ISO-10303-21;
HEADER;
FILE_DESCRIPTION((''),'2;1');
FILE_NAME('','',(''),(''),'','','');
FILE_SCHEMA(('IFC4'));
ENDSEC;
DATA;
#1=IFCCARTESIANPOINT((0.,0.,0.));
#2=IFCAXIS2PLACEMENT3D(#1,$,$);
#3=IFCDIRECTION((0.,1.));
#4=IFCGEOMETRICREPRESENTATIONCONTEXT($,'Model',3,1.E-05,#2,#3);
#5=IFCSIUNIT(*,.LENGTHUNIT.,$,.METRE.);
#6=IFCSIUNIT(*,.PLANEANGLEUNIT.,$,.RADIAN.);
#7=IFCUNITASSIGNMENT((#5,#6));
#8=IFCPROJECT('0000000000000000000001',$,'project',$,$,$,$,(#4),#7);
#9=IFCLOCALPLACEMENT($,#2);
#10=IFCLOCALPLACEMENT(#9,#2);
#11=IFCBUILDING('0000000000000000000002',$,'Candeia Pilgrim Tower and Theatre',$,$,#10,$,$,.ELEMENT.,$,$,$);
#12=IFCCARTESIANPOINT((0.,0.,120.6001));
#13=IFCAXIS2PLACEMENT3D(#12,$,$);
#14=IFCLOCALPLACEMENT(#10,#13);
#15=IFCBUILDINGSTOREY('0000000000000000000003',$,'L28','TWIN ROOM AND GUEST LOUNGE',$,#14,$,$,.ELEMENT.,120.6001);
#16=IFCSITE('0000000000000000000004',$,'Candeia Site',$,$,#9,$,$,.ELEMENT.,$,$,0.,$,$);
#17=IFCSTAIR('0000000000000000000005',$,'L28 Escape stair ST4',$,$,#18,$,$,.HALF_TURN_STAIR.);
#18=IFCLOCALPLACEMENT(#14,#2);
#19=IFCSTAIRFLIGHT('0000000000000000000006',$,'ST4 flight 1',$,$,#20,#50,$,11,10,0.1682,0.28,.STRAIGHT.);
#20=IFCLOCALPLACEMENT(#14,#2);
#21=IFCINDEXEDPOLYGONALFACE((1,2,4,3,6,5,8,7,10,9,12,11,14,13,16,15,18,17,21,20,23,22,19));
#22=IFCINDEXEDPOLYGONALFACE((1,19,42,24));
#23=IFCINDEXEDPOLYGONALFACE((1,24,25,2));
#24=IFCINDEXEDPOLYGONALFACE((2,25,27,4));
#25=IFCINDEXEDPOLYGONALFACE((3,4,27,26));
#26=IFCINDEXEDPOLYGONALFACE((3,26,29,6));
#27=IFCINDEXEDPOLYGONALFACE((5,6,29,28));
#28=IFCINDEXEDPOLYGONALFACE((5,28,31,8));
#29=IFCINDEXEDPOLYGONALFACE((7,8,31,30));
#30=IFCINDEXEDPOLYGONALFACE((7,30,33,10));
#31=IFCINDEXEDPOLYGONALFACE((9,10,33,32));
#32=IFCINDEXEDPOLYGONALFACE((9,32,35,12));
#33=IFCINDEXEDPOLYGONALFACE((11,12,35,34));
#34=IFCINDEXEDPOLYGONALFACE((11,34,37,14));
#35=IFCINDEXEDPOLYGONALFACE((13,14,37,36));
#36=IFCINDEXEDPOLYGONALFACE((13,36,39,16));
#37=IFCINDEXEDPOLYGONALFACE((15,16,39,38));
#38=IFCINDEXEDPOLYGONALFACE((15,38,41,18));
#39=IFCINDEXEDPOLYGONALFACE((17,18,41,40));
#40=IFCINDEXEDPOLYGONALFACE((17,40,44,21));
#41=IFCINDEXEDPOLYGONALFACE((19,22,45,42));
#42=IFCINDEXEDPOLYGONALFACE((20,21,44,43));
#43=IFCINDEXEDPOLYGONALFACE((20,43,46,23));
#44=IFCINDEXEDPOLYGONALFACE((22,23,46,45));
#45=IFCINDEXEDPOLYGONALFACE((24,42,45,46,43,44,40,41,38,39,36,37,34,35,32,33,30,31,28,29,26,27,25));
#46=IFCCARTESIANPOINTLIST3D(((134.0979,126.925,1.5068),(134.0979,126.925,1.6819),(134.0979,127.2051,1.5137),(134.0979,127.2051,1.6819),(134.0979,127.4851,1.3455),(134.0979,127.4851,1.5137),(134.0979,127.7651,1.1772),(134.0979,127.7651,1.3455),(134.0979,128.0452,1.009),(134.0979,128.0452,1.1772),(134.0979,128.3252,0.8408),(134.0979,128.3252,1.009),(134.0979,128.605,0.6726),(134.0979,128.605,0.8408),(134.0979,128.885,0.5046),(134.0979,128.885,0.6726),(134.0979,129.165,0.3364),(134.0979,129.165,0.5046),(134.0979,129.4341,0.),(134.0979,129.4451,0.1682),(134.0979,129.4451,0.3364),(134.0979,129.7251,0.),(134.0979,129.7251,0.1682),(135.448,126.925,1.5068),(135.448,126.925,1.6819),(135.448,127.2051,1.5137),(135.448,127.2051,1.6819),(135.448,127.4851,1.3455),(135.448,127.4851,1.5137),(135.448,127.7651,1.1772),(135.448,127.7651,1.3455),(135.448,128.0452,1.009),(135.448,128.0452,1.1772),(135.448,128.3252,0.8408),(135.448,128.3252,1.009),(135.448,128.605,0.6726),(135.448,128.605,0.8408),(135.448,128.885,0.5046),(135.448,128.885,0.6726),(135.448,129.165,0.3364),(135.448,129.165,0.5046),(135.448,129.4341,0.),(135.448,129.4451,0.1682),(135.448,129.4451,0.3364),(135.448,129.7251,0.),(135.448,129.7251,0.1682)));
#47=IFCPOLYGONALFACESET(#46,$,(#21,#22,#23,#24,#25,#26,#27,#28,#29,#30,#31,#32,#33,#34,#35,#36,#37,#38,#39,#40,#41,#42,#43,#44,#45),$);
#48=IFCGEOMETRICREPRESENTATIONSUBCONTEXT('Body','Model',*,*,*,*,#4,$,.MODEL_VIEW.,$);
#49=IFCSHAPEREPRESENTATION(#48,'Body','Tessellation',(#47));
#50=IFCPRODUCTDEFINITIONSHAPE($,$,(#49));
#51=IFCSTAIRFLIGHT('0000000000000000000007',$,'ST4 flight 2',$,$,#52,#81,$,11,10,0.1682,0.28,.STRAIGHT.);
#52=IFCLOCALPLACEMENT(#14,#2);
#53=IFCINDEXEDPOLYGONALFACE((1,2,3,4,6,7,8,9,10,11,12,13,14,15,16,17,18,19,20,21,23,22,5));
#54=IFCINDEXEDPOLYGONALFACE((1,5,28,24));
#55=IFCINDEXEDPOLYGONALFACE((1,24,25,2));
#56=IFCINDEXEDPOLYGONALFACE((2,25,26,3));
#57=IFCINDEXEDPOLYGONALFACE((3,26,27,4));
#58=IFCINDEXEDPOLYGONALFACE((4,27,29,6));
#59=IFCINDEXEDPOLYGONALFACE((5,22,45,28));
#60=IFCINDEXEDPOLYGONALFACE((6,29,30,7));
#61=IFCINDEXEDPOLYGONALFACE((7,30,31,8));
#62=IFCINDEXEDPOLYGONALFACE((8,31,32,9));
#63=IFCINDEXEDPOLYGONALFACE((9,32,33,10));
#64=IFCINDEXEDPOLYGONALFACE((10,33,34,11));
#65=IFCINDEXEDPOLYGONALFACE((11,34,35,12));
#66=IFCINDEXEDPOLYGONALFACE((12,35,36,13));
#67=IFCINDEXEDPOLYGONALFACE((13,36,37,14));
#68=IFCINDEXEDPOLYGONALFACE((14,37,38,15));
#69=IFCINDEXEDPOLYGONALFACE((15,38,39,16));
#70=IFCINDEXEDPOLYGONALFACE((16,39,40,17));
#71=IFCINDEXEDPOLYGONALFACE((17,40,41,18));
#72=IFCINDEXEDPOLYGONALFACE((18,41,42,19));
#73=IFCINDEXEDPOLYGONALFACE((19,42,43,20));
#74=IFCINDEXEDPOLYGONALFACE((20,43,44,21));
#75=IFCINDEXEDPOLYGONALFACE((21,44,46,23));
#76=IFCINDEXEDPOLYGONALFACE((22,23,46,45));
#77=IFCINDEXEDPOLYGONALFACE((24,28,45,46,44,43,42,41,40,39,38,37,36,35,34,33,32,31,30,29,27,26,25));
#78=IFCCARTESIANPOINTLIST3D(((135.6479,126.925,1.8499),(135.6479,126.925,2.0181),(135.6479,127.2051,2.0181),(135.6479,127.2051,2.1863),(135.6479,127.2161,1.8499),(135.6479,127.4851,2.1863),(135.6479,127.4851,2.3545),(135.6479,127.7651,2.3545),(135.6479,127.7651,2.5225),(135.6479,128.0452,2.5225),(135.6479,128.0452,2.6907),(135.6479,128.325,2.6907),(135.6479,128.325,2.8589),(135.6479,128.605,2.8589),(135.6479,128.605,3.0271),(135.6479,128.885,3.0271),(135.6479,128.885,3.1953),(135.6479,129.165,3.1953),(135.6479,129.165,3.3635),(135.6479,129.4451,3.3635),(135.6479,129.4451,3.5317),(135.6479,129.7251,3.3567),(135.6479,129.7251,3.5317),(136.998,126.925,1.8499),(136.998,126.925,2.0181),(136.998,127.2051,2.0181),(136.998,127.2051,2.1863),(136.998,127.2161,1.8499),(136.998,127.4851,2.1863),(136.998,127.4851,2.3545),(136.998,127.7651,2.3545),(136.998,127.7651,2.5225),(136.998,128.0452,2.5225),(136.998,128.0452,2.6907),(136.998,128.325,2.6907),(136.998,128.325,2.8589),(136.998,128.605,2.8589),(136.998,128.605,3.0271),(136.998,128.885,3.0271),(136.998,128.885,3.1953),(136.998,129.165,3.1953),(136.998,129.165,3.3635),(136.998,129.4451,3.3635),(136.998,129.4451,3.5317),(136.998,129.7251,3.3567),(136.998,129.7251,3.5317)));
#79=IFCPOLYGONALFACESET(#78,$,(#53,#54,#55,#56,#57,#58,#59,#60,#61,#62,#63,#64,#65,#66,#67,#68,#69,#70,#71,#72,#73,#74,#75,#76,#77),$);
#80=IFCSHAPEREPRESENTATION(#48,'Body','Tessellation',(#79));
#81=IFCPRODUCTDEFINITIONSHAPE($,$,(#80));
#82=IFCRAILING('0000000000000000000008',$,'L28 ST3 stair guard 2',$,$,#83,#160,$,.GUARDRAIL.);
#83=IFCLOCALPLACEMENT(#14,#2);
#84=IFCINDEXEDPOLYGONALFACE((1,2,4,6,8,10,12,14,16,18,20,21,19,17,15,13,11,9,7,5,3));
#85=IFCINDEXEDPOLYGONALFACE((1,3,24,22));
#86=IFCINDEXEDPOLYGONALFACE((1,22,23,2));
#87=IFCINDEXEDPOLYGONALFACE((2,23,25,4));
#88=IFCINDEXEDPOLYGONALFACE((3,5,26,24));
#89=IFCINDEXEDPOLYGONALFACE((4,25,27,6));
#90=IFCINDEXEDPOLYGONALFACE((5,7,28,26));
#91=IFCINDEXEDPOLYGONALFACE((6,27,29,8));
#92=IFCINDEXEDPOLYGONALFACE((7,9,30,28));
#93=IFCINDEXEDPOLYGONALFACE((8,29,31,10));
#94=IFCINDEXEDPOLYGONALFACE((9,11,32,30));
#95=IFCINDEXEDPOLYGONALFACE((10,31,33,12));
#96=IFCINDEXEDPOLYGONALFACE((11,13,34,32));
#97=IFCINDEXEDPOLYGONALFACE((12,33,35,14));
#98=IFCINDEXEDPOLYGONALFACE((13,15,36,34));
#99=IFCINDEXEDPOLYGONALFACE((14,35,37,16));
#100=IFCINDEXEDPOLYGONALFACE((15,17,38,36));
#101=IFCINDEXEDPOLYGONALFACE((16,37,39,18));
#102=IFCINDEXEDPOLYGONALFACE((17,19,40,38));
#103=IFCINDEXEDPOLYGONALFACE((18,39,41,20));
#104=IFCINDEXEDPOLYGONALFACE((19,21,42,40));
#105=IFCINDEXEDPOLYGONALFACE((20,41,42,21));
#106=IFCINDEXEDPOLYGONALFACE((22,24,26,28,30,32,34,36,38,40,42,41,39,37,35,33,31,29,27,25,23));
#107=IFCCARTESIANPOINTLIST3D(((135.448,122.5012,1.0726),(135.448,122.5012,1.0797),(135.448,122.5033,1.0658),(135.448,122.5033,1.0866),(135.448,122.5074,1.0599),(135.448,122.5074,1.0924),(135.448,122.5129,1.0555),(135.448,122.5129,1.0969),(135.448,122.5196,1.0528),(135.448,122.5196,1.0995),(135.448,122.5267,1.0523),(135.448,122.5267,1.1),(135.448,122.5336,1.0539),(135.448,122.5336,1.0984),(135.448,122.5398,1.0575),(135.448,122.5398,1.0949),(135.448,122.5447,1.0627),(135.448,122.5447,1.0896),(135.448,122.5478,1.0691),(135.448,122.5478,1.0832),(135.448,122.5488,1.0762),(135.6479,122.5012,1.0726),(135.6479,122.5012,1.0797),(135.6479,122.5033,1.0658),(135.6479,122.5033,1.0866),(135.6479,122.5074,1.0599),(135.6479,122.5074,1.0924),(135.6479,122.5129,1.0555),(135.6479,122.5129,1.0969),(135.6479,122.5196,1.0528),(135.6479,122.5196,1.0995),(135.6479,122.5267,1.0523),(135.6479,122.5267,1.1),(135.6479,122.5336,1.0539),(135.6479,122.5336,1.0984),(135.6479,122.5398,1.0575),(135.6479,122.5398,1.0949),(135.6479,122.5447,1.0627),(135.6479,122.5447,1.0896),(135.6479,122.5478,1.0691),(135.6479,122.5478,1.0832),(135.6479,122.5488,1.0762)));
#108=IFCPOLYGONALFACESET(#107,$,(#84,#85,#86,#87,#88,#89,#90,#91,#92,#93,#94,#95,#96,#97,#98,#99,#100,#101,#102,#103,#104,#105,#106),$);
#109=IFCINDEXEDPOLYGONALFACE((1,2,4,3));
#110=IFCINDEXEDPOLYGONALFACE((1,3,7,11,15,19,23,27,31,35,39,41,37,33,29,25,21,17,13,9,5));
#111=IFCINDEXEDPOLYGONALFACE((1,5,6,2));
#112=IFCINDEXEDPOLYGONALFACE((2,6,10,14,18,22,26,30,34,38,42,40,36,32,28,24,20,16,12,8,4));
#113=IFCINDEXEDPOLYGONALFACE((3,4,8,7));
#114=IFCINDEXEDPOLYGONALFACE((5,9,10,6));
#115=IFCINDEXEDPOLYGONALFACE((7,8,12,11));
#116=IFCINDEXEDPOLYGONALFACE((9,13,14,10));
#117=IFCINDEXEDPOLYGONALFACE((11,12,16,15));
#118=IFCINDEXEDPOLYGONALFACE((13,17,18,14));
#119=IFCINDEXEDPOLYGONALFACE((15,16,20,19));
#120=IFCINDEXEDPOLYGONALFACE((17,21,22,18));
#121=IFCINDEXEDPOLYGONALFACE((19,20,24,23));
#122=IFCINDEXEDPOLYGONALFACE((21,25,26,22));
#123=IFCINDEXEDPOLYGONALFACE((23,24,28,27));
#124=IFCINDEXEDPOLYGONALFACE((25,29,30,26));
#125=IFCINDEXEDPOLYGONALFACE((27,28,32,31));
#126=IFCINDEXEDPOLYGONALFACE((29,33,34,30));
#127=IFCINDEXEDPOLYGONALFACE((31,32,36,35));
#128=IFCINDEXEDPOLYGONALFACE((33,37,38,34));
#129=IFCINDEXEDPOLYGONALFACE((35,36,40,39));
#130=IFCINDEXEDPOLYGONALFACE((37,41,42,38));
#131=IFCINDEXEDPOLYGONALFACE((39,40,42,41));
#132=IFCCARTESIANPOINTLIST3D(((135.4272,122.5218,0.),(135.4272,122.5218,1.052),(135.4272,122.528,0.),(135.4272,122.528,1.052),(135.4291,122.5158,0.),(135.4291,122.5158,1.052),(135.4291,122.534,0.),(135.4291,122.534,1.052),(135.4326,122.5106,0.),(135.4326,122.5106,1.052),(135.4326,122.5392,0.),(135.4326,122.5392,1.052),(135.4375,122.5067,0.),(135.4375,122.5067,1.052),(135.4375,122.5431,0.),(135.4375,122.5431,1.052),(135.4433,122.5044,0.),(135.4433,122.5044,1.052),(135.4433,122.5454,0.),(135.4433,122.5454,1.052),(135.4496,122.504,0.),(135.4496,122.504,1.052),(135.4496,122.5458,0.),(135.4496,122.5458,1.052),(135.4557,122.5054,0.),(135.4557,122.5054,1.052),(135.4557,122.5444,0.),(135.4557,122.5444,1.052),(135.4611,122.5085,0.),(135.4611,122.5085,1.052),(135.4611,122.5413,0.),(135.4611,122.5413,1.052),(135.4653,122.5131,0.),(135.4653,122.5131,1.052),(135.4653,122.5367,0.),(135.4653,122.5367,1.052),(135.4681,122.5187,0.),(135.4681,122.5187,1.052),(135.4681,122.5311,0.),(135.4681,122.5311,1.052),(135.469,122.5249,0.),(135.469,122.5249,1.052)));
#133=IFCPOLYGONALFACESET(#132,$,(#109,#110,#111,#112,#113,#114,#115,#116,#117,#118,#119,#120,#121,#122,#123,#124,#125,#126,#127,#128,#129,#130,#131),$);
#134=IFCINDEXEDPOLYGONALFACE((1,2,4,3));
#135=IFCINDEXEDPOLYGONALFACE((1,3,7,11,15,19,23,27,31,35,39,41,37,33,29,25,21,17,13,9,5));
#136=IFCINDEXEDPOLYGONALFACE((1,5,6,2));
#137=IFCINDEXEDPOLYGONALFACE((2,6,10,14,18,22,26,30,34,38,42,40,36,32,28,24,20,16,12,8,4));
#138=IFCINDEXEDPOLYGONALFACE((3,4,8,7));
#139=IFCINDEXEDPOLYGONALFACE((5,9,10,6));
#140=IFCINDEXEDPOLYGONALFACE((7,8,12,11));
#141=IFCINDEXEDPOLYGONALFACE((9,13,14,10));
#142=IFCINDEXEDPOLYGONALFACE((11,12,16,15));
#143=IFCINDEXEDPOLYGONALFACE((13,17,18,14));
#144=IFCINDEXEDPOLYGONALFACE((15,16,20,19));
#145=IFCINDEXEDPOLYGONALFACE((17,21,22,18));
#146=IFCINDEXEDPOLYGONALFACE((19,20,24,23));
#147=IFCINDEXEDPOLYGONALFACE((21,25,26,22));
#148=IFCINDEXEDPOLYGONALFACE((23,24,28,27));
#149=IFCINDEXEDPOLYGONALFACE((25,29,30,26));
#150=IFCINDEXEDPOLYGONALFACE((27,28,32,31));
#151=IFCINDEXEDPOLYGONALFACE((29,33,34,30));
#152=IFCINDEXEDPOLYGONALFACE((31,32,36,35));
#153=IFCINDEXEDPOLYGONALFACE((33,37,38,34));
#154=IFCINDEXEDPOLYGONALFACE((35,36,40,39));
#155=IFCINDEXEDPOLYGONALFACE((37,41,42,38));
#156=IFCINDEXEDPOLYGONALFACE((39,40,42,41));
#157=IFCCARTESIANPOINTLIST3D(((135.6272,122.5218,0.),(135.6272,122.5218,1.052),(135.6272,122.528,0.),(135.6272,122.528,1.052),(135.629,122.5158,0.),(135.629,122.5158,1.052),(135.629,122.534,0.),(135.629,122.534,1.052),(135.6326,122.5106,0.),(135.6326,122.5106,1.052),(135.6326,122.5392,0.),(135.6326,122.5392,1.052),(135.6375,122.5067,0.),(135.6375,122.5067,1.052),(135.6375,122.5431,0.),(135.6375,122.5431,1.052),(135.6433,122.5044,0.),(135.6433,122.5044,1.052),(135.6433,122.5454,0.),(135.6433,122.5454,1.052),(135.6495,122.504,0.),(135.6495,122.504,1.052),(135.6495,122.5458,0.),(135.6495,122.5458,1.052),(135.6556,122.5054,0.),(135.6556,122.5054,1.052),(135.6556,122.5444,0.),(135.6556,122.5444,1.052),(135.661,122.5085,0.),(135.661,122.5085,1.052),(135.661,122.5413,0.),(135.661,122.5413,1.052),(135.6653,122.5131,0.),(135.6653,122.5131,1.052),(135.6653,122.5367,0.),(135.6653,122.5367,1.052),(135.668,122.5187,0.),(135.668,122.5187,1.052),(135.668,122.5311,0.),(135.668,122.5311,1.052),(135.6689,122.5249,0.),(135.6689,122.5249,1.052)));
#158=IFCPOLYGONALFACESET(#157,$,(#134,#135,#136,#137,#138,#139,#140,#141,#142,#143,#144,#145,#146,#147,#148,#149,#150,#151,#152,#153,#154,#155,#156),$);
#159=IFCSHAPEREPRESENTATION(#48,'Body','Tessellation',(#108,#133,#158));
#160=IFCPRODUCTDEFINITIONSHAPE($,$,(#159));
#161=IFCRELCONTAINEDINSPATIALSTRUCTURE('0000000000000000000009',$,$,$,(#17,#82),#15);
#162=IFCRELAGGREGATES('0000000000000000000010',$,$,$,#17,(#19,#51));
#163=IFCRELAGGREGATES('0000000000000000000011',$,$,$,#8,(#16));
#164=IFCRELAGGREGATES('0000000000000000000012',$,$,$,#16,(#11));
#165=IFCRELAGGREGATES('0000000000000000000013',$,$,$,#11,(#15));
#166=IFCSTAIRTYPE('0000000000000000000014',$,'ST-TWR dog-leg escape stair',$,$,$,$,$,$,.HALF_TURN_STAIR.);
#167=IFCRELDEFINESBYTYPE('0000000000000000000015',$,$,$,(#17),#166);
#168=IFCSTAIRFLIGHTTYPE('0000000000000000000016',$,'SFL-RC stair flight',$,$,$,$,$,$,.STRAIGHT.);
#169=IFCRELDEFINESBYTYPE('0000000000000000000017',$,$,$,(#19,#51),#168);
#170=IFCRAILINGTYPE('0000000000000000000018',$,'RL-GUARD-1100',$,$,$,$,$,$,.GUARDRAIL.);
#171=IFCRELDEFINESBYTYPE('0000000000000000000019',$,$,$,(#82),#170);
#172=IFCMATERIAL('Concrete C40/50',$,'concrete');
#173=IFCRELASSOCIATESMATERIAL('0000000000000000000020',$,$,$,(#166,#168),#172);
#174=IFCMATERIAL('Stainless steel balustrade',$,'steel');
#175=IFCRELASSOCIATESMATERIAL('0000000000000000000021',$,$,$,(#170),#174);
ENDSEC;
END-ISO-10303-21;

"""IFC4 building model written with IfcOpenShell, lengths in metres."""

from ifc_helpers import new_model, si_unit, direction, frame, origin, origin_2d, place, context, subcontext, project, spatial, polyline, circle, outline, extrude, material, type_object, element, aggregate, save


model = new_model("IFC4")

# Units and contexts
model_context = context("Model", 3, precision=1e-05, world=origin(), true_north=direction((0.0, 1.0)))
body_context = subcontext(model_context, "Body", "Model", "MODEL_VIEW")
ifc_project = project(units=[si_unit("LENGTHUNIT", "METRE"), si_unit("PLANEANGLEUNIT", "RADIAN")], contexts=[model_context])

# Site, building, storey
site_placement = place(None, origin())
site = spatial("IfcSite", under=ifc_project, at=site_placement, Name="Candeia Site", CompositionType="ELEMENT", RefElevation=0.0)
building_placement = place(site_placement, origin())
building = spatial("IfcBuilding", under=site, at=building_placement, Name="Candeia Pilgrim Tower and Theatre", CompositionType="ELEMENT")
storey_placement = place(building_placement, frame((0.0, 0.0, 120.6001)))
storey = spatial("IfcBuildingStorey", under=building, at=storey_placement, Name="L28", Description="TWIN ROOM AND GUEST LOUNGE", CompositionType="ELEMENT", Elevation=120.6001)

# Shared definitions
ifc_material_1 = material(Name="Concrete C40/50", Category="concrete")

# Stair, stair flights
stair_type = type_object("IfcStairType", Name="ST-TWR dog-leg escape stair", PredefinedType="HALF_TURN_STAIR", material=ifc_material_1)
stair_flight_type = type_object("IfcStairFlightType", Name="SFL-RC stair flight", PredefinedType="STRAIGHT", material=ifc_material_1)
stair_1_placement = place(storey_placement, origin())
stair_1 = element("IfcStair", 1, at=stair_1_placement, inside=storey, type_object=stair_type, Name="L28 Escape stair ST4", PredefinedType="HALF_TURN_STAIR")
stair_flight_1_placement = place(storey_placement, frame((134.7729, 129.7251, 0.0), z_axis=(0.0, 0.0, 1.0), x_axis=(0.0, -1.0, 0.0)))
stair_flight_1 = element("IfcStairFlight", 2, at=stair_flight_1_placement, type_object=stair_flight_type, Name="ST4 flight 1", NumberOfRisers=11, NumberOfTreads=10, PredefinedType="STRAIGHT", RiserHeight=0.1682, TreadLength=0.28, context=body_context, shape_type="SweptSolid", body=[
    extrude(outline(polyline([(0.0, 0.0), (0.0, 0.1682), (0.28, 0.1682), (0.28, 0.3364), (0.5601, 0.3364), (0.5601, 0.5046), (0.8401, 0.5046), (0.8401, 0.6726), (1.1201, 0.6726), (1.1201, 0.8408), (1.3999, 0.8408), (1.3999, 1.009), (1.6799, 1.009), (1.6799, 1.1772), (1.96, 1.1772), (1.96, 1.3455), (2.24, 1.3455), (2.24, 1.5137), (2.52, 1.5137), (2.52, 1.6819), (2.8, 1.6819), (2.8, 1.8501), (2.8, 1.5068), (0.291, 0.0), (0.0, 0.0)])), frame((0.0, 0.675, 0.0), z_axis=(0.0, -1.0, 0.0), x_axis=(1.0, 0.0, 0.0)), (0.0, 0.0, 1.0), 1.3501),
])
stair_flight_2_placement = place(storey_placement, frame((136.323, 126.925, 1.8499), z_axis=(0.0, 0.0, 1.0), x_axis=(0.0, 1.0, 0.0)))
stair_flight_2 = element("IfcStairFlight", 3, at=stair_flight_2_placement, type_object=stair_flight_type, Name="ST4 flight 2", NumberOfRisers=11, NumberOfTreads=10, PredefinedType="STRAIGHT", RiserHeight=0.1682, TreadLength=0.28, context=body_context, shape_type="SweptSolid", body=[
    extrude(outline(polyline([(0.0, 0.0), (0.0, 0.1682), (0.28, 0.1682), (0.28, 0.3364), (0.5601, 0.3364), (0.5601, 0.5046), (0.8401, 0.5046), (0.8401, 0.6726), (1.1201, 0.6726), (1.1201, 0.8408), (1.3999, 0.8408), (1.3999, 1.009), (1.6799, 1.009), (1.6799, 1.1772), (1.96, 1.1772), (1.96, 1.3455), (2.24, 1.3455), (2.24, 1.5137), (2.52, 1.5137), (2.52, 1.6819), (2.8, 1.6819), (2.8, 1.8501), (2.8, 1.5068), (0.291, 0.0), (0.0, 0.0)])), frame((0.0, 0.675, 0.0), z_axis=(0.0, -1.0, 0.0), x_axis=(1.0, 0.0, 0.0)), (0.0, 0.0, 1.0), 1.3501),
])
aggregate(stair_1, [stair_flight_1, stair_flight_2])

# Railing
ifc_material_2 = material(Name="Stainless steel balustrade", Category="steel")
railing_type_1 = type_object("IfcRailingType", Name="RL-GUARD-1100", PredefinedType="GUARDRAIL", material=ifc_material_2)
railing_1_placement = place(storey_placement, frame((135.448, 122.5249, 0.0)))
element("IfcRailing", 4, at=railing_1_placement, inside=storey, type_object=railing_type_1, Name="L28 ST3 stair guard 2", PredefinedType="GUARDRAIL", context=body_context, shape_type="SweptSolid", body=[
    extrude(circle(Radius=0.0239, at=origin_2d()), frame((0.0, 0.0, 1.0762), z_axis=(1.0, 0.0, 0.0), x_axis=(0.0, 1.0, 0.0)), (0.0, 0.0, 1.0), 0.2),
    extrude(circle(Radius=0.021, at=origin_2d()), origin(), (0.0, 0.0, 1.0), 1.052),
    extrude(circle(Radius=0.021, at=origin_2d()), frame((0.2, 0.0, 0.0)), (0.0, 0.0, 1.0), 1.052),
])

save(model, "model.ifc")
